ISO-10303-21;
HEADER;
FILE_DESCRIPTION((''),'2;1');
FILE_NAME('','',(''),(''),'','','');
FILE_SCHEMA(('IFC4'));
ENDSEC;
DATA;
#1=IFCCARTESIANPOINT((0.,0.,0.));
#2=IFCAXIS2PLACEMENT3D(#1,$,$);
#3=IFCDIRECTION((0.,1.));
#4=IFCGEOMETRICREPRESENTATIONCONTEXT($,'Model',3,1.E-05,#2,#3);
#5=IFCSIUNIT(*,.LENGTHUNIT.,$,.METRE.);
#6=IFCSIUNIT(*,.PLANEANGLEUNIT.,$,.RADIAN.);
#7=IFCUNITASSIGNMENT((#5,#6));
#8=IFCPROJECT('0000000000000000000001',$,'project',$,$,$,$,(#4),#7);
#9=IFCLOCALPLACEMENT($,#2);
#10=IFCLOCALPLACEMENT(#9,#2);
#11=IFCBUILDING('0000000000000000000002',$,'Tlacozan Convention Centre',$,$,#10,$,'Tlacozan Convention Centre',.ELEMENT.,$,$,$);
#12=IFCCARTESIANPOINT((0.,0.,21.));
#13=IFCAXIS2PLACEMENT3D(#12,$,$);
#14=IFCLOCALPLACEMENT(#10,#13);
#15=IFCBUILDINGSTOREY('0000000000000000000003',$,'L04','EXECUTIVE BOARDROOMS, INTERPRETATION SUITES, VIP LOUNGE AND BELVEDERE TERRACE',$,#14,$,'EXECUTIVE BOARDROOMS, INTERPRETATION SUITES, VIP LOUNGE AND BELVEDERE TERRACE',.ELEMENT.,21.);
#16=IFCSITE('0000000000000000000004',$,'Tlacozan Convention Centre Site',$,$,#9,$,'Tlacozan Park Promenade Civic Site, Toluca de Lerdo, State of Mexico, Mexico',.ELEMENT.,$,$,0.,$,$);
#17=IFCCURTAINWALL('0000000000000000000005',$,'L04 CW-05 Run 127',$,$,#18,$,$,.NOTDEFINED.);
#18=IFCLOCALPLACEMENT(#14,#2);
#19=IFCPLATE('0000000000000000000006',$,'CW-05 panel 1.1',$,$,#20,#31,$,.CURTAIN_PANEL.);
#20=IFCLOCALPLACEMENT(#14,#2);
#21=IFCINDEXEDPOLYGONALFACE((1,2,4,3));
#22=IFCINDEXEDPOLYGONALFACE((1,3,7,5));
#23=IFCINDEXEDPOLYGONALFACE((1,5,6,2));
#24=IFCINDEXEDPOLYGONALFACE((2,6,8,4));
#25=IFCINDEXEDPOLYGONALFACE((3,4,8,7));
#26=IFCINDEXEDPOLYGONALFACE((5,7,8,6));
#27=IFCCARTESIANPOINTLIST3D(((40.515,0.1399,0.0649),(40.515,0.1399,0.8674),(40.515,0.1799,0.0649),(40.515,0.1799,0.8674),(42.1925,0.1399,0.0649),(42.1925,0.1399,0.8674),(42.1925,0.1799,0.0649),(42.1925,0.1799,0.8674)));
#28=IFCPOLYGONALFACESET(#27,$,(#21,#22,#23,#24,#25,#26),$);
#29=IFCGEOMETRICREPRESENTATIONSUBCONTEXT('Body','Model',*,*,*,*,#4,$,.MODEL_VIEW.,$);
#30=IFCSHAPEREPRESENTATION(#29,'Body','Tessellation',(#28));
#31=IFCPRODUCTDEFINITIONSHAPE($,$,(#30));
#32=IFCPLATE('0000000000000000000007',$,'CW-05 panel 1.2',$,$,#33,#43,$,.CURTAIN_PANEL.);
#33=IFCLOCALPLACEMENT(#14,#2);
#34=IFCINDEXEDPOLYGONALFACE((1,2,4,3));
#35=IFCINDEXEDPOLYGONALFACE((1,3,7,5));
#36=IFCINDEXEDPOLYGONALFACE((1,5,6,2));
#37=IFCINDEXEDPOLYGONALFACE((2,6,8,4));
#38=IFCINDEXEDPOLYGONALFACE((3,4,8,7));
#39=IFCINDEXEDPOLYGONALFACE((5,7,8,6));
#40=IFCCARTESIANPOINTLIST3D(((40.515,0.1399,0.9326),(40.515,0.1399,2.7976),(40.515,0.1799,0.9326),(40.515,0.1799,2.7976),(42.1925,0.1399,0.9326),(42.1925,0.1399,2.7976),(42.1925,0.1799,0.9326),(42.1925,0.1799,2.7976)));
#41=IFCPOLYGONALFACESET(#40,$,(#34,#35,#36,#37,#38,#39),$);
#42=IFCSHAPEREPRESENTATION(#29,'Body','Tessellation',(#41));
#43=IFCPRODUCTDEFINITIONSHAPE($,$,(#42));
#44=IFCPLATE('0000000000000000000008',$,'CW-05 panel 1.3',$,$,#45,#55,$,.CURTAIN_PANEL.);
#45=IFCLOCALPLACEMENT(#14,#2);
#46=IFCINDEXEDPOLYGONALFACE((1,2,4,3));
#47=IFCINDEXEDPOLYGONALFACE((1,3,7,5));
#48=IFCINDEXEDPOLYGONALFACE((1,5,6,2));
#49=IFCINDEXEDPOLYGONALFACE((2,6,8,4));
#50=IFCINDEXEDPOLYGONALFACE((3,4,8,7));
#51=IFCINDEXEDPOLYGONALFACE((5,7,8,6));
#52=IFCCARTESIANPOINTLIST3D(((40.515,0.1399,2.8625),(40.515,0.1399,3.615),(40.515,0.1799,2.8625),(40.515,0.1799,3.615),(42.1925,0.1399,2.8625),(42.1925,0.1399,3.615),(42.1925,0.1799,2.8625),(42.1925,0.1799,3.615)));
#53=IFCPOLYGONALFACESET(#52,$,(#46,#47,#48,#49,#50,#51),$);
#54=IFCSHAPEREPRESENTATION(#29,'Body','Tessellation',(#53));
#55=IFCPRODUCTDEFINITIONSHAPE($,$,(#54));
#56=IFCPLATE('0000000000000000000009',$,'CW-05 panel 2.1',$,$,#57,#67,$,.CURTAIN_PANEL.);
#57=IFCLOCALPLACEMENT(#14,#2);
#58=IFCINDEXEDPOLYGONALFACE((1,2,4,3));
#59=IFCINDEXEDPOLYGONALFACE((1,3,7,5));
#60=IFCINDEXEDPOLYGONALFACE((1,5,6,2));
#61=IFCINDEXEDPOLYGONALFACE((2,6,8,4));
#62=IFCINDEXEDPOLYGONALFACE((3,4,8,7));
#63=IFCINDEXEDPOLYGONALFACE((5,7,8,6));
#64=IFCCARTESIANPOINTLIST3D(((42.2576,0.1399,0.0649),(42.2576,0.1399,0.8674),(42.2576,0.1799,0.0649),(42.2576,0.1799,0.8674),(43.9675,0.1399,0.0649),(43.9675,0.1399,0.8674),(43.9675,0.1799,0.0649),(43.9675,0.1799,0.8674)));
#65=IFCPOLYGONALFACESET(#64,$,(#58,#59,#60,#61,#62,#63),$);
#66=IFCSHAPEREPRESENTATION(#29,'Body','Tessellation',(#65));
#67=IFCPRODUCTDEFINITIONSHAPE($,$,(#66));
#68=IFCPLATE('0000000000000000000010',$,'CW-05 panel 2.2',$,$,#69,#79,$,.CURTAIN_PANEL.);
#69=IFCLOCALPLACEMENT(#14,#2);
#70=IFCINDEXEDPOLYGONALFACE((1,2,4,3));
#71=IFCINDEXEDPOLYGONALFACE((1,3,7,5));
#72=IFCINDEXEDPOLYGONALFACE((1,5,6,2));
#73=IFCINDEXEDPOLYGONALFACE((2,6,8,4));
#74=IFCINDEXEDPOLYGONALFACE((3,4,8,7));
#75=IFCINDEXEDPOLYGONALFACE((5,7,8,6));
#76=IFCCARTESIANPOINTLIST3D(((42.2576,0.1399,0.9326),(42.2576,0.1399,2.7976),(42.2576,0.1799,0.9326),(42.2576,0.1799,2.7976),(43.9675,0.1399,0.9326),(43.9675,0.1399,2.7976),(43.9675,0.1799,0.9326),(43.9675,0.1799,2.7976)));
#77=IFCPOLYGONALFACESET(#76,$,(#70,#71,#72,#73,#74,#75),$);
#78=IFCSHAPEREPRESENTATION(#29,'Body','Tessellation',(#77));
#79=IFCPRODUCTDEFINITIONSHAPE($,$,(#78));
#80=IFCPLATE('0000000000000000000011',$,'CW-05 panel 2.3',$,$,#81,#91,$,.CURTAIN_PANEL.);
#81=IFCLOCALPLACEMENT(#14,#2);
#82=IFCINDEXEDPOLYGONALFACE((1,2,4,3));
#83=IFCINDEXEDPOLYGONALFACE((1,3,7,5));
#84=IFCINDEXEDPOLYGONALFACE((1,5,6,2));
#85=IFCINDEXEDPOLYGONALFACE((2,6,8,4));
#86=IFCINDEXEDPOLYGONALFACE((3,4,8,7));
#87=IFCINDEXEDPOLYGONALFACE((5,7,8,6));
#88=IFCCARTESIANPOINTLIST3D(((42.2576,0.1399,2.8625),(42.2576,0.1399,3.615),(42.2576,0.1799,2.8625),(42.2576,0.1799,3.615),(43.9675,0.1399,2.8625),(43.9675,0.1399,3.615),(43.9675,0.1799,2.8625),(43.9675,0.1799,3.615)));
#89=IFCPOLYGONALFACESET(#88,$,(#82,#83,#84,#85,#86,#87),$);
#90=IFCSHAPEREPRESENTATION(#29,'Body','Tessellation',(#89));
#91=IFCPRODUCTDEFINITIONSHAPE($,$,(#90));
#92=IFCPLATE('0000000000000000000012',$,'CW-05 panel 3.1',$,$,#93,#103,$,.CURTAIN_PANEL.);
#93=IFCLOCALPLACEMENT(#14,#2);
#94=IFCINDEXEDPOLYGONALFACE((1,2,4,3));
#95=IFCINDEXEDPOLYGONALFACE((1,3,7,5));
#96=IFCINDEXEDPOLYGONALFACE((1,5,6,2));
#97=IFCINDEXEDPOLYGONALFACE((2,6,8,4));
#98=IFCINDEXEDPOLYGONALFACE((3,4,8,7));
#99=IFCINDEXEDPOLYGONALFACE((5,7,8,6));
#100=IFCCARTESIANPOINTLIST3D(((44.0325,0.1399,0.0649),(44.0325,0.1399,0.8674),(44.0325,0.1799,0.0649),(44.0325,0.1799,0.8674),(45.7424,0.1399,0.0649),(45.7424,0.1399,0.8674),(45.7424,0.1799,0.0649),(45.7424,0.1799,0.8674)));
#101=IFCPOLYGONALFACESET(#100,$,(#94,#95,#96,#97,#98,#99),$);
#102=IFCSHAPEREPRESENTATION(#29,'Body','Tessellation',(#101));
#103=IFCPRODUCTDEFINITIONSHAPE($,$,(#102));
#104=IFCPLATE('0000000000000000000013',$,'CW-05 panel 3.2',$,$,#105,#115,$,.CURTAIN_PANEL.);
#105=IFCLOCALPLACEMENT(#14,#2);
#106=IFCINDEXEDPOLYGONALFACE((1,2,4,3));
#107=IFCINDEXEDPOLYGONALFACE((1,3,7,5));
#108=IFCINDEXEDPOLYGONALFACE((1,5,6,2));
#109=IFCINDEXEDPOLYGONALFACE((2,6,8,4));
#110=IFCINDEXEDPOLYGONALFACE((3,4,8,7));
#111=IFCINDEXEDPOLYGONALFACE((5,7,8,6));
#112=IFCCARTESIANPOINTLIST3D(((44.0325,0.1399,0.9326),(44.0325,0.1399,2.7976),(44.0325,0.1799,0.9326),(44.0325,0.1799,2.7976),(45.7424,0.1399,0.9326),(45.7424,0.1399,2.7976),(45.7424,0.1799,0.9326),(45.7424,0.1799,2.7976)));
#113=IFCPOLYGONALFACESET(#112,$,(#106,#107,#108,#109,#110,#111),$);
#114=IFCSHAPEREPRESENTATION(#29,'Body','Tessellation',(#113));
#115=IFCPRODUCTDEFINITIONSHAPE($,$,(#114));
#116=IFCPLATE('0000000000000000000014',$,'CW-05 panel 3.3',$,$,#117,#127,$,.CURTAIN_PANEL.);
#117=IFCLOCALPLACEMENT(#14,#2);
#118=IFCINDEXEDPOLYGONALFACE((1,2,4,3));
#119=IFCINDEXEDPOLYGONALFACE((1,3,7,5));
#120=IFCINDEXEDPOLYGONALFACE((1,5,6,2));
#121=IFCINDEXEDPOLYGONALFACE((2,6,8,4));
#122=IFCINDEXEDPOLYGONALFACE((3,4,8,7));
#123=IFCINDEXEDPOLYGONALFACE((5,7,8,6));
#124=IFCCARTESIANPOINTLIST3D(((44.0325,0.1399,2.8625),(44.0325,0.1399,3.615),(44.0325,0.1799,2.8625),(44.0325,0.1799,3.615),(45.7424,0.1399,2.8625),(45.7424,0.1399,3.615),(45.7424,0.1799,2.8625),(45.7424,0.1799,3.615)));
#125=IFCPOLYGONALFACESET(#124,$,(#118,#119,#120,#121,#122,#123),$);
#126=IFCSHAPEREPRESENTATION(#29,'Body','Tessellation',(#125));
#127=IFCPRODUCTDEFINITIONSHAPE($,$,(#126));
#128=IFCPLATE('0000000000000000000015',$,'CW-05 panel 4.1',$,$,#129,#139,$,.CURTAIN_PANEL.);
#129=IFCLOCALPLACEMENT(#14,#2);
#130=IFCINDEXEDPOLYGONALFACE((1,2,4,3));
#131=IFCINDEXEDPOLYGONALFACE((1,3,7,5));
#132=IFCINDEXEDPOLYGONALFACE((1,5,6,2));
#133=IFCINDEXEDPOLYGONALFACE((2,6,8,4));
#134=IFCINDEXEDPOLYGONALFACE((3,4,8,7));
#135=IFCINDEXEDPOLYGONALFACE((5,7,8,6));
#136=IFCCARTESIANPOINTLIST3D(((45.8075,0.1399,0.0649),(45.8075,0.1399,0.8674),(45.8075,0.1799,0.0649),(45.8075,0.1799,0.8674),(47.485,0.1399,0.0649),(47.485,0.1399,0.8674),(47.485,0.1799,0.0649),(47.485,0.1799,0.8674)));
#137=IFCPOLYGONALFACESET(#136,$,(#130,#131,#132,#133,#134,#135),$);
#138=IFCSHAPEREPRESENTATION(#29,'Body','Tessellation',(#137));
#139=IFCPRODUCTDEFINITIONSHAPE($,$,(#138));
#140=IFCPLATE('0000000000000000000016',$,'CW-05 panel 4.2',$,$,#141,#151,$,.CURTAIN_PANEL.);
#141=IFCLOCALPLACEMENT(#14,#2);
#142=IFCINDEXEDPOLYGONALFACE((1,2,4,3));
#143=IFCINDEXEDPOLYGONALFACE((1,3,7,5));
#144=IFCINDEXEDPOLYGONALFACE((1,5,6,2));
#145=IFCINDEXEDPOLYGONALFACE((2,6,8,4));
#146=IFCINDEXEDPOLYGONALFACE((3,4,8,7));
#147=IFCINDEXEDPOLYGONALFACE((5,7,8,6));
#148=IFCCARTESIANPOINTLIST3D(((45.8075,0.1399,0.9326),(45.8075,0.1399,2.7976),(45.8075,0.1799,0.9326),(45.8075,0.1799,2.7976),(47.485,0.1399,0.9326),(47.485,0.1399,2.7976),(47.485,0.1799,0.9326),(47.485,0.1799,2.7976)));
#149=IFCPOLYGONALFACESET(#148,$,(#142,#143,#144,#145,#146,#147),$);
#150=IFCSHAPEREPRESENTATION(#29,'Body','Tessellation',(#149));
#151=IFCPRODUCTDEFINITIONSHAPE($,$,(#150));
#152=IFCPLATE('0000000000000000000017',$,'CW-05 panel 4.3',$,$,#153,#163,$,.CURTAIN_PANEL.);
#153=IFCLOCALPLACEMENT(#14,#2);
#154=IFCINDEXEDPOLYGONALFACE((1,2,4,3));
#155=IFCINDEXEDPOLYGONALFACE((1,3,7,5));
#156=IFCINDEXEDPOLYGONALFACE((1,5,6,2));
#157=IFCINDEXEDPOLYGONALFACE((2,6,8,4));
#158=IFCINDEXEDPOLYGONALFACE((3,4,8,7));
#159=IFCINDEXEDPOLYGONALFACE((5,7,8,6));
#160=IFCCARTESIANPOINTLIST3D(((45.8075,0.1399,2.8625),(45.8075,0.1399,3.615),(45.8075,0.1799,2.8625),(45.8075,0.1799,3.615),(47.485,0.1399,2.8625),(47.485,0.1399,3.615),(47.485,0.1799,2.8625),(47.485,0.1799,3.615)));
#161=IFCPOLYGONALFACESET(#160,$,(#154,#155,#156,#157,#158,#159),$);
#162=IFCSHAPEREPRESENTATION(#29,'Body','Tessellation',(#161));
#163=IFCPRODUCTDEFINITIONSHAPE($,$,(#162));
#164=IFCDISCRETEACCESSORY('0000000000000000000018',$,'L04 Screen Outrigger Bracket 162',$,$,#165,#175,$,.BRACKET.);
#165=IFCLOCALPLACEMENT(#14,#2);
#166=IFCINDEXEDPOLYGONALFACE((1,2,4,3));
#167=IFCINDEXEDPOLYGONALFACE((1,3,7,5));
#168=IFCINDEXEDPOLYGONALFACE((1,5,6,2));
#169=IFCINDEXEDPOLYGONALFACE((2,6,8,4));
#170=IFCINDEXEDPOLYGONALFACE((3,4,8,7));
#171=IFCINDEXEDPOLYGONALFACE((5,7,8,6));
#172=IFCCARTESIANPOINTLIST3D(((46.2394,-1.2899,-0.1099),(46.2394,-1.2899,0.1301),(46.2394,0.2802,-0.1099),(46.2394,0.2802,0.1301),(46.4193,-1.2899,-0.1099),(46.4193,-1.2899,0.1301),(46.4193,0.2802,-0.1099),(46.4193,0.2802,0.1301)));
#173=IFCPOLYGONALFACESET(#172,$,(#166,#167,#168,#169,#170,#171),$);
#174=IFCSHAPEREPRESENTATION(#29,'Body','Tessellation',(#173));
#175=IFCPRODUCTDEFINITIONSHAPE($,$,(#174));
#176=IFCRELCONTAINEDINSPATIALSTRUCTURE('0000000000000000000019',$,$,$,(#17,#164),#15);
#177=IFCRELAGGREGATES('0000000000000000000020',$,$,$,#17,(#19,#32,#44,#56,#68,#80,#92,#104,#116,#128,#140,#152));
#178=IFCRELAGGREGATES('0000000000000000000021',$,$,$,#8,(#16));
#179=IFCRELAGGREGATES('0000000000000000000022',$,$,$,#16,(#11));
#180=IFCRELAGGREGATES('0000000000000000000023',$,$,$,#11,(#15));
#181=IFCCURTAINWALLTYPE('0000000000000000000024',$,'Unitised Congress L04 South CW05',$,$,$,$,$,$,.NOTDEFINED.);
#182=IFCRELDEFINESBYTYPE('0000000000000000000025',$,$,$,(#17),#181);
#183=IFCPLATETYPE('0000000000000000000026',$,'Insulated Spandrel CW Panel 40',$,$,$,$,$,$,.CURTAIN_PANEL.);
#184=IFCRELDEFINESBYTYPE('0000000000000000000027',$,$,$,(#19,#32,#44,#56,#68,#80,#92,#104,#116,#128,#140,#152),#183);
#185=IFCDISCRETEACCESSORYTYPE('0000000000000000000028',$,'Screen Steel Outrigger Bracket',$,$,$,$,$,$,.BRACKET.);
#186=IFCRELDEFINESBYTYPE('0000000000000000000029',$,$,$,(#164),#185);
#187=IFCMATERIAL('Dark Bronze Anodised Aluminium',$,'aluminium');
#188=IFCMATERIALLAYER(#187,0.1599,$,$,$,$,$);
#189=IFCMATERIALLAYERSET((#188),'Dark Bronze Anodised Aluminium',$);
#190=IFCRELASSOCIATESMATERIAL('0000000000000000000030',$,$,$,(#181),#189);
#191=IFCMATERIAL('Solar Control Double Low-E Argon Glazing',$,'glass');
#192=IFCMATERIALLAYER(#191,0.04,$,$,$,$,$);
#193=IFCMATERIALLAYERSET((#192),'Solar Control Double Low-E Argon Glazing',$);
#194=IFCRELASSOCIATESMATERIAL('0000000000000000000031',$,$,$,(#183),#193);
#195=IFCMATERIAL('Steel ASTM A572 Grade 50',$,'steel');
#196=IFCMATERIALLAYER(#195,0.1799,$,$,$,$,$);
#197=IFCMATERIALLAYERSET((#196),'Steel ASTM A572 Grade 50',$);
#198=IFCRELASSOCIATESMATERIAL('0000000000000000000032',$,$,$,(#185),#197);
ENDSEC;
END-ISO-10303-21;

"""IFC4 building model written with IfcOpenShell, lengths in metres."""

from ifc_helpers import new_model, si_unit, direction, frame, origin, origin_2d, place, context, subcontext, project, spatial, rectangle, extrude, material, layer, layer_set, type_object, element, aggregate, save


model = new_model("IFC4")

# Units and contexts
model_context = context("Model", 3, precision=1e-05, world=origin(), true_north=direction((0.0, 1.0)))
body_context = subcontext(model_context, "Body", "Model", "MODEL_VIEW")
ifc_project = project(units=[si_unit("LENGTHUNIT", "METRE"), si_unit("PLANEANGLEUNIT", "RADIAN")], contexts=[model_context])

# Site, building, storey
site_placement = place(None, origin())
site = spatial("IfcSite", under=ifc_project, at=site_placement, Name="Tlacozan Convention Centre Site", LongName="Tlacozan Park Promenade Civic Site, Toluca de Lerdo, State of Mexico, Mexico", CompositionType="ELEMENT", RefElevation=0.0)
building_placement = place(site_placement, origin())
building = spatial("IfcBuilding", under=site, at=building_placement, Name="Tlacozan Convention Centre", LongName="Tlacozan Convention Centre", CompositionType="ELEMENT")
storey_placement = place(building_placement, frame((0.0, 0.0, 21.0)))
storey = spatial("IfcBuildingStorey", under=building, at=storey_placement, Name="L04", Description="EXECUTIVE BOARDROOMS, INTERPRETATION SUITES, VIP LOUNGE AND BELVEDERE TERRACE", LongName="EXECUTIVE BOARDROOMS, INTERPRETATION SUITES, VIP LOUNGE AND BELVEDERE TERRACE", CompositionType="ELEMENT", Elevation=21.0)

# Curtain wall, plates
ifc_material_1 = material(Name="Dark Bronze Anodised Aluminium", Category="aluminium")
ifc_layer_1 = layer(ifc_material_1, 0.1599)
ifc_layer_set_1 = layer_set([ifc_layer_1], Name="Dark Bronze Anodised Aluminium")
curtain_wall_type = type_object("IfcCurtainWallType", Name="Unitised Congress L04 South CW05", PredefinedType="NOTDEFINED", material=ifc_layer_set_1)
curtain_wall_placement = place(storey_placement, origin())
curtain_wall = element("IfcCurtainWall", 1, at=curtain_wall_placement, inside=storey, type_object=curtain_wall_type, Name="L04 CW-05 Run 127", PredefinedType="NOTDEFINED")
ifc_material_2 = material(Name="Solar Control Double Low-E Argon Glazing", Category="glass")
ifc_layer_2 = layer(ifc_material_2, 0.04)
ifc_layer_set_2 = layer_set([ifc_layer_2], Name="Solar Control Double Low-E Argon Glazing")
plate_type = type_object("IfcPlateType", Name="Insulated Spandrel CW Panel 40", PredefinedType="CURTAIN_PANEL", material=ifc_layer_set_2)
plate_1_placement = place(storey_placement, frame((41.3538, 0.1599, 0.0649), z_axis=(0.0, 0.0, 1.0), x_axis=(1.0, 0.0, 0.0)))
plate_1 = element("IfcPlate", 2, at=plate_1_placement, type_object=plate_type, Name="CW-05 panel 1.1", PredefinedType="CURTAIN_PANEL", context=body_context, shape_type="SweptSolid", body=[
    extrude(rectangle(XDim=1.6775, YDim=0.04, at=origin_2d()), origin(), (0.0, 0.0, 1.0), 0.8025),
])
plate_2_placement = place(storey_placement, frame((41.3538, 0.1599, 0.9326), z_axis=(0.0, 0.0, 1.0), x_axis=(1.0, 0.0, 0.0)))
plate_2 = element("IfcPlate", 3, at=plate_2_placement, type_object=plate_type, Name="CW-05 panel 1.2", PredefinedType="CURTAIN_PANEL", context=body_context, shape_type="SweptSolid", body=[
    extrude(rectangle(XDim=1.6775, YDim=0.04, at=origin_2d()), origin(), (0.0, 0.0, 1.0), 1.865),
])
plate_3_placement = place(storey_placement, frame((41.3538, 0.1599, 2.8625), z_axis=(0.0, 0.0, 1.0), x_axis=(1.0, 0.0, 0.0)))
plate_3 = element("IfcPlate", 4, at=plate_3_placement, type_object=plate_type, Name="CW-05 panel 1.3", PredefinedType="CURTAIN_PANEL", context=body_context, shape_type="SweptSolid", body=[
    extrude(rectangle(XDim=1.6775, YDim=0.04, at=origin_2d()), origin(), (0.0, 0.0, 1.0), 0.7524),
])
plate_4_placement = place(storey_placement, frame((43.1125, 0.1599, 0.0649), z_axis=(0.0, 0.0, 1.0), x_axis=(1.0, 0.0, 0.0)))
plate_4 = element("IfcPlate", 5, at=plate_4_placement, type_object=plate_type, Name="CW-05 panel 2.1", PredefinedType="CURTAIN_PANEL", context=body_context, shape_type="SweptSolid", body=[
    extrude(rectangle(XDim=1.71, YDim=0.04, at=origin_2d()), origin(), (0.0, 0.0, 1.0), 0.8025),
])
plate_5_placement = place(storey_placement, frame((43.1125, 0.1599, 0.9326), z_axis=(0.0, 0.0, 1.0), x_axis=(1.0, 0.0, 0.0)))
plate_5 = element("IfcPlate", 6, at=plate_5_placement, type_object=plate_type, Name="CW-05 panel 2.2", PredefinedType="CURTAIN_PANEL", context=body_context, shape_type="SweptSolid", body=[
    extrude(rectangle(XDim=1.71, YDim=0.04, at=origin_2d()), origin(), (0.0, 0.0, 1.0), 1.865),
])
plate_6_placement = place(storey_placement, frame((43.1125, 0.1599, 2.8625), z_axis=(0.0, 0.0, 1.0), x_axis=(1.0, 0.0, 0.0)))
plate_6 = element("IfcPlate", 7, at=plate_6_placement, type_object=plate_type, Name="CW-05 panel 2.3", PredefinedType="CURTAIN_PANEL", context=body_context, shape_type="SweptSolid", body=[
    extrude(rectangle(XDim=1.71, YDim=0.04, at=origin_2d()), origin(), (0.0, 0.0, 1.0), 0.7524),
])
plate_7_placement = place(storey_placement, frame((44.8875, 0.1599, 0.0649), z_axis=(0.0, 0.0, 1.0), x_axis=(1.0, 0.0, 0.0)))
plate_7 = element("IfcPlate", 8, at=plate_7_placement, type_object=plate_type, Name="CW-05 panel 3.1", PredefinedType="CURTAIN_PANEL", context=body_context, shape_type="SweptSolid", body=[
    extrude(rectangle(XDim=1.71, YDim=0.04, at=origin_2d()), origin(), (0.0, 0.0, 1.0), 0.8025),
])
plate_8_placement = place(storey_placement, frame((44.8875, 0.1599, 0.9326), z_axis=(0.0, 0.0, 1.0), x_axis=(1.0, 0.0, 0.0)))
plate_8 = element("IfcPlate", 9, at=plate_8_placement, type_object=plate_type, Name="CW-05 panel 3.2", PredefinedType="CURTAIN_PANEL", context=body_context, shape_type="SweptSolid", body=[
    extrude(rectangle(XDim=1.71, YDim=0.04, at=origin_2d()), origin(), (0.0, 0.0, 1.0), 1.865),
])
plate_9_placement = place(storey_placement, frame((44.8875, 0.1599, 2.8625), z_axis=(0.0, 0.0, 1.0), x_axis=(1.0, 0.0, 0.0)))
plate_9 = element("IfcPlate", 10, at=plate_9_placement, type_object=plate_type, Name="CW-05 panel 3.3", PredefinedType="CURTAIN_PANEL", context=body_context, shape_type="SweptSolid", body=[
    extrude(rectangle(XDim=1.71, YDim=0.04, at=origin_2d()), origin(), (0.0, 0.0, 1.0), 0.7524),
])
plate_10_placement = place(storey_placement, frame((46.6462, 0.1599, 0.0649), z_axis=(0.0, 0.0, 1.0), x_axis=(1.0, 0.0, 0.0)))
plate_10 = element("IfcPlate", 11, at=plate_10_placement, type_object=plate_type, Name="CW-05 panel 4.1", PredefinedType="CURTAIN_PANEL", context=body_context, shape_type="SweptSolid", body=[
    extrude(rectangle(XDim=1.6775, YDim=0.04, at=origin_2d()), origin(), (0.0, 0.0, 1.0), 0.8025),
])
plate_11_placement = place(storey_placement, frame((46.6462, 0.1599, 0.9326), z_axis=(0.0, 0.0, 1.0), x_axis=(1.0, 0.0, 0.0)))
plate_11 = element("IfcPlate", 12, at=plate_11_placement, type_object=plate_type, Name="CW-05 panel 4.2", PredefinedType="CURTAIN_PANEL", context=body_context, shape_type="SweptSolid", body=[
    extrude(rectangle(XDim=1.6775, YDim=0.04, at=origin_2d()), origin(), (0.0, 0.0, 1.0), 1.865),
])
plate_12_placement = place(storey_placement, frame((46.6462, 0.1599, 2.8625), z_axis=(0.0, 0.0, 1.0), x_axis=(1.0, 0.0, 0.0)))
plate_12 = element("IfcPlate", 13, at=plate_12_placement, type_object=plate_type, Name="CW-05 panel 4.3", PredefinedType="CURTAIN_PANEL", context=body_context, shape_type="SweptSolid", body=[
    extrude(rectangle(XDim=1.6775, YDim=0.04, at=origin_2d()), origin(), (0.0, 0.0, 1.0), 0.7524),
])
aggregate(curtain_wall, [plate_1, plate_2, plate_3, plate_4, plate_5, plate_6, plate_7, plate_8, plate_9, plate_10, plate_11, plate_12])

# Discrete accessory
ifc_material_3 = material(Name="Steel ASTM A572 Grade 50", Category="steel")
ifc_layer_3 = layer(ifc_material_3, 0.1799)
ifc_layer_set_3 = layer_set([ifc_layer_3], Name="Steel ASTM A572 Grade 50")
discrete_accessory_type = type_object("IfcDiscreteAccessoryType", Name="Screen Steel Outrigger Bracket", PredefinedType="BRACKET", material=ifc_layer_set_3)
discrete_accessory_placement = place(storey_placement, frame((46.3293, -0.5049, -0.1099), z_axis=(0.0, 0.0, 1.0), x_axis=(0.0, 1.0, 0.0)))
element("IfcDiscreteAccessory", 14, at=discrete_accessory_placement, inside=storey, type_object=discrete_accessory_type, Name="L04 Screen Outrigger Bracket 162", PredefinedType="BRACKET", context=body_context, shape_type="SweptSolid", body=[
    extrude(rectangle(XDim=1.5701, YDim=0.1799, at=origin_2d()), origin(), (0.0, 0.0, 1.0), 0.24),
])

save(model, "model.ifc")
